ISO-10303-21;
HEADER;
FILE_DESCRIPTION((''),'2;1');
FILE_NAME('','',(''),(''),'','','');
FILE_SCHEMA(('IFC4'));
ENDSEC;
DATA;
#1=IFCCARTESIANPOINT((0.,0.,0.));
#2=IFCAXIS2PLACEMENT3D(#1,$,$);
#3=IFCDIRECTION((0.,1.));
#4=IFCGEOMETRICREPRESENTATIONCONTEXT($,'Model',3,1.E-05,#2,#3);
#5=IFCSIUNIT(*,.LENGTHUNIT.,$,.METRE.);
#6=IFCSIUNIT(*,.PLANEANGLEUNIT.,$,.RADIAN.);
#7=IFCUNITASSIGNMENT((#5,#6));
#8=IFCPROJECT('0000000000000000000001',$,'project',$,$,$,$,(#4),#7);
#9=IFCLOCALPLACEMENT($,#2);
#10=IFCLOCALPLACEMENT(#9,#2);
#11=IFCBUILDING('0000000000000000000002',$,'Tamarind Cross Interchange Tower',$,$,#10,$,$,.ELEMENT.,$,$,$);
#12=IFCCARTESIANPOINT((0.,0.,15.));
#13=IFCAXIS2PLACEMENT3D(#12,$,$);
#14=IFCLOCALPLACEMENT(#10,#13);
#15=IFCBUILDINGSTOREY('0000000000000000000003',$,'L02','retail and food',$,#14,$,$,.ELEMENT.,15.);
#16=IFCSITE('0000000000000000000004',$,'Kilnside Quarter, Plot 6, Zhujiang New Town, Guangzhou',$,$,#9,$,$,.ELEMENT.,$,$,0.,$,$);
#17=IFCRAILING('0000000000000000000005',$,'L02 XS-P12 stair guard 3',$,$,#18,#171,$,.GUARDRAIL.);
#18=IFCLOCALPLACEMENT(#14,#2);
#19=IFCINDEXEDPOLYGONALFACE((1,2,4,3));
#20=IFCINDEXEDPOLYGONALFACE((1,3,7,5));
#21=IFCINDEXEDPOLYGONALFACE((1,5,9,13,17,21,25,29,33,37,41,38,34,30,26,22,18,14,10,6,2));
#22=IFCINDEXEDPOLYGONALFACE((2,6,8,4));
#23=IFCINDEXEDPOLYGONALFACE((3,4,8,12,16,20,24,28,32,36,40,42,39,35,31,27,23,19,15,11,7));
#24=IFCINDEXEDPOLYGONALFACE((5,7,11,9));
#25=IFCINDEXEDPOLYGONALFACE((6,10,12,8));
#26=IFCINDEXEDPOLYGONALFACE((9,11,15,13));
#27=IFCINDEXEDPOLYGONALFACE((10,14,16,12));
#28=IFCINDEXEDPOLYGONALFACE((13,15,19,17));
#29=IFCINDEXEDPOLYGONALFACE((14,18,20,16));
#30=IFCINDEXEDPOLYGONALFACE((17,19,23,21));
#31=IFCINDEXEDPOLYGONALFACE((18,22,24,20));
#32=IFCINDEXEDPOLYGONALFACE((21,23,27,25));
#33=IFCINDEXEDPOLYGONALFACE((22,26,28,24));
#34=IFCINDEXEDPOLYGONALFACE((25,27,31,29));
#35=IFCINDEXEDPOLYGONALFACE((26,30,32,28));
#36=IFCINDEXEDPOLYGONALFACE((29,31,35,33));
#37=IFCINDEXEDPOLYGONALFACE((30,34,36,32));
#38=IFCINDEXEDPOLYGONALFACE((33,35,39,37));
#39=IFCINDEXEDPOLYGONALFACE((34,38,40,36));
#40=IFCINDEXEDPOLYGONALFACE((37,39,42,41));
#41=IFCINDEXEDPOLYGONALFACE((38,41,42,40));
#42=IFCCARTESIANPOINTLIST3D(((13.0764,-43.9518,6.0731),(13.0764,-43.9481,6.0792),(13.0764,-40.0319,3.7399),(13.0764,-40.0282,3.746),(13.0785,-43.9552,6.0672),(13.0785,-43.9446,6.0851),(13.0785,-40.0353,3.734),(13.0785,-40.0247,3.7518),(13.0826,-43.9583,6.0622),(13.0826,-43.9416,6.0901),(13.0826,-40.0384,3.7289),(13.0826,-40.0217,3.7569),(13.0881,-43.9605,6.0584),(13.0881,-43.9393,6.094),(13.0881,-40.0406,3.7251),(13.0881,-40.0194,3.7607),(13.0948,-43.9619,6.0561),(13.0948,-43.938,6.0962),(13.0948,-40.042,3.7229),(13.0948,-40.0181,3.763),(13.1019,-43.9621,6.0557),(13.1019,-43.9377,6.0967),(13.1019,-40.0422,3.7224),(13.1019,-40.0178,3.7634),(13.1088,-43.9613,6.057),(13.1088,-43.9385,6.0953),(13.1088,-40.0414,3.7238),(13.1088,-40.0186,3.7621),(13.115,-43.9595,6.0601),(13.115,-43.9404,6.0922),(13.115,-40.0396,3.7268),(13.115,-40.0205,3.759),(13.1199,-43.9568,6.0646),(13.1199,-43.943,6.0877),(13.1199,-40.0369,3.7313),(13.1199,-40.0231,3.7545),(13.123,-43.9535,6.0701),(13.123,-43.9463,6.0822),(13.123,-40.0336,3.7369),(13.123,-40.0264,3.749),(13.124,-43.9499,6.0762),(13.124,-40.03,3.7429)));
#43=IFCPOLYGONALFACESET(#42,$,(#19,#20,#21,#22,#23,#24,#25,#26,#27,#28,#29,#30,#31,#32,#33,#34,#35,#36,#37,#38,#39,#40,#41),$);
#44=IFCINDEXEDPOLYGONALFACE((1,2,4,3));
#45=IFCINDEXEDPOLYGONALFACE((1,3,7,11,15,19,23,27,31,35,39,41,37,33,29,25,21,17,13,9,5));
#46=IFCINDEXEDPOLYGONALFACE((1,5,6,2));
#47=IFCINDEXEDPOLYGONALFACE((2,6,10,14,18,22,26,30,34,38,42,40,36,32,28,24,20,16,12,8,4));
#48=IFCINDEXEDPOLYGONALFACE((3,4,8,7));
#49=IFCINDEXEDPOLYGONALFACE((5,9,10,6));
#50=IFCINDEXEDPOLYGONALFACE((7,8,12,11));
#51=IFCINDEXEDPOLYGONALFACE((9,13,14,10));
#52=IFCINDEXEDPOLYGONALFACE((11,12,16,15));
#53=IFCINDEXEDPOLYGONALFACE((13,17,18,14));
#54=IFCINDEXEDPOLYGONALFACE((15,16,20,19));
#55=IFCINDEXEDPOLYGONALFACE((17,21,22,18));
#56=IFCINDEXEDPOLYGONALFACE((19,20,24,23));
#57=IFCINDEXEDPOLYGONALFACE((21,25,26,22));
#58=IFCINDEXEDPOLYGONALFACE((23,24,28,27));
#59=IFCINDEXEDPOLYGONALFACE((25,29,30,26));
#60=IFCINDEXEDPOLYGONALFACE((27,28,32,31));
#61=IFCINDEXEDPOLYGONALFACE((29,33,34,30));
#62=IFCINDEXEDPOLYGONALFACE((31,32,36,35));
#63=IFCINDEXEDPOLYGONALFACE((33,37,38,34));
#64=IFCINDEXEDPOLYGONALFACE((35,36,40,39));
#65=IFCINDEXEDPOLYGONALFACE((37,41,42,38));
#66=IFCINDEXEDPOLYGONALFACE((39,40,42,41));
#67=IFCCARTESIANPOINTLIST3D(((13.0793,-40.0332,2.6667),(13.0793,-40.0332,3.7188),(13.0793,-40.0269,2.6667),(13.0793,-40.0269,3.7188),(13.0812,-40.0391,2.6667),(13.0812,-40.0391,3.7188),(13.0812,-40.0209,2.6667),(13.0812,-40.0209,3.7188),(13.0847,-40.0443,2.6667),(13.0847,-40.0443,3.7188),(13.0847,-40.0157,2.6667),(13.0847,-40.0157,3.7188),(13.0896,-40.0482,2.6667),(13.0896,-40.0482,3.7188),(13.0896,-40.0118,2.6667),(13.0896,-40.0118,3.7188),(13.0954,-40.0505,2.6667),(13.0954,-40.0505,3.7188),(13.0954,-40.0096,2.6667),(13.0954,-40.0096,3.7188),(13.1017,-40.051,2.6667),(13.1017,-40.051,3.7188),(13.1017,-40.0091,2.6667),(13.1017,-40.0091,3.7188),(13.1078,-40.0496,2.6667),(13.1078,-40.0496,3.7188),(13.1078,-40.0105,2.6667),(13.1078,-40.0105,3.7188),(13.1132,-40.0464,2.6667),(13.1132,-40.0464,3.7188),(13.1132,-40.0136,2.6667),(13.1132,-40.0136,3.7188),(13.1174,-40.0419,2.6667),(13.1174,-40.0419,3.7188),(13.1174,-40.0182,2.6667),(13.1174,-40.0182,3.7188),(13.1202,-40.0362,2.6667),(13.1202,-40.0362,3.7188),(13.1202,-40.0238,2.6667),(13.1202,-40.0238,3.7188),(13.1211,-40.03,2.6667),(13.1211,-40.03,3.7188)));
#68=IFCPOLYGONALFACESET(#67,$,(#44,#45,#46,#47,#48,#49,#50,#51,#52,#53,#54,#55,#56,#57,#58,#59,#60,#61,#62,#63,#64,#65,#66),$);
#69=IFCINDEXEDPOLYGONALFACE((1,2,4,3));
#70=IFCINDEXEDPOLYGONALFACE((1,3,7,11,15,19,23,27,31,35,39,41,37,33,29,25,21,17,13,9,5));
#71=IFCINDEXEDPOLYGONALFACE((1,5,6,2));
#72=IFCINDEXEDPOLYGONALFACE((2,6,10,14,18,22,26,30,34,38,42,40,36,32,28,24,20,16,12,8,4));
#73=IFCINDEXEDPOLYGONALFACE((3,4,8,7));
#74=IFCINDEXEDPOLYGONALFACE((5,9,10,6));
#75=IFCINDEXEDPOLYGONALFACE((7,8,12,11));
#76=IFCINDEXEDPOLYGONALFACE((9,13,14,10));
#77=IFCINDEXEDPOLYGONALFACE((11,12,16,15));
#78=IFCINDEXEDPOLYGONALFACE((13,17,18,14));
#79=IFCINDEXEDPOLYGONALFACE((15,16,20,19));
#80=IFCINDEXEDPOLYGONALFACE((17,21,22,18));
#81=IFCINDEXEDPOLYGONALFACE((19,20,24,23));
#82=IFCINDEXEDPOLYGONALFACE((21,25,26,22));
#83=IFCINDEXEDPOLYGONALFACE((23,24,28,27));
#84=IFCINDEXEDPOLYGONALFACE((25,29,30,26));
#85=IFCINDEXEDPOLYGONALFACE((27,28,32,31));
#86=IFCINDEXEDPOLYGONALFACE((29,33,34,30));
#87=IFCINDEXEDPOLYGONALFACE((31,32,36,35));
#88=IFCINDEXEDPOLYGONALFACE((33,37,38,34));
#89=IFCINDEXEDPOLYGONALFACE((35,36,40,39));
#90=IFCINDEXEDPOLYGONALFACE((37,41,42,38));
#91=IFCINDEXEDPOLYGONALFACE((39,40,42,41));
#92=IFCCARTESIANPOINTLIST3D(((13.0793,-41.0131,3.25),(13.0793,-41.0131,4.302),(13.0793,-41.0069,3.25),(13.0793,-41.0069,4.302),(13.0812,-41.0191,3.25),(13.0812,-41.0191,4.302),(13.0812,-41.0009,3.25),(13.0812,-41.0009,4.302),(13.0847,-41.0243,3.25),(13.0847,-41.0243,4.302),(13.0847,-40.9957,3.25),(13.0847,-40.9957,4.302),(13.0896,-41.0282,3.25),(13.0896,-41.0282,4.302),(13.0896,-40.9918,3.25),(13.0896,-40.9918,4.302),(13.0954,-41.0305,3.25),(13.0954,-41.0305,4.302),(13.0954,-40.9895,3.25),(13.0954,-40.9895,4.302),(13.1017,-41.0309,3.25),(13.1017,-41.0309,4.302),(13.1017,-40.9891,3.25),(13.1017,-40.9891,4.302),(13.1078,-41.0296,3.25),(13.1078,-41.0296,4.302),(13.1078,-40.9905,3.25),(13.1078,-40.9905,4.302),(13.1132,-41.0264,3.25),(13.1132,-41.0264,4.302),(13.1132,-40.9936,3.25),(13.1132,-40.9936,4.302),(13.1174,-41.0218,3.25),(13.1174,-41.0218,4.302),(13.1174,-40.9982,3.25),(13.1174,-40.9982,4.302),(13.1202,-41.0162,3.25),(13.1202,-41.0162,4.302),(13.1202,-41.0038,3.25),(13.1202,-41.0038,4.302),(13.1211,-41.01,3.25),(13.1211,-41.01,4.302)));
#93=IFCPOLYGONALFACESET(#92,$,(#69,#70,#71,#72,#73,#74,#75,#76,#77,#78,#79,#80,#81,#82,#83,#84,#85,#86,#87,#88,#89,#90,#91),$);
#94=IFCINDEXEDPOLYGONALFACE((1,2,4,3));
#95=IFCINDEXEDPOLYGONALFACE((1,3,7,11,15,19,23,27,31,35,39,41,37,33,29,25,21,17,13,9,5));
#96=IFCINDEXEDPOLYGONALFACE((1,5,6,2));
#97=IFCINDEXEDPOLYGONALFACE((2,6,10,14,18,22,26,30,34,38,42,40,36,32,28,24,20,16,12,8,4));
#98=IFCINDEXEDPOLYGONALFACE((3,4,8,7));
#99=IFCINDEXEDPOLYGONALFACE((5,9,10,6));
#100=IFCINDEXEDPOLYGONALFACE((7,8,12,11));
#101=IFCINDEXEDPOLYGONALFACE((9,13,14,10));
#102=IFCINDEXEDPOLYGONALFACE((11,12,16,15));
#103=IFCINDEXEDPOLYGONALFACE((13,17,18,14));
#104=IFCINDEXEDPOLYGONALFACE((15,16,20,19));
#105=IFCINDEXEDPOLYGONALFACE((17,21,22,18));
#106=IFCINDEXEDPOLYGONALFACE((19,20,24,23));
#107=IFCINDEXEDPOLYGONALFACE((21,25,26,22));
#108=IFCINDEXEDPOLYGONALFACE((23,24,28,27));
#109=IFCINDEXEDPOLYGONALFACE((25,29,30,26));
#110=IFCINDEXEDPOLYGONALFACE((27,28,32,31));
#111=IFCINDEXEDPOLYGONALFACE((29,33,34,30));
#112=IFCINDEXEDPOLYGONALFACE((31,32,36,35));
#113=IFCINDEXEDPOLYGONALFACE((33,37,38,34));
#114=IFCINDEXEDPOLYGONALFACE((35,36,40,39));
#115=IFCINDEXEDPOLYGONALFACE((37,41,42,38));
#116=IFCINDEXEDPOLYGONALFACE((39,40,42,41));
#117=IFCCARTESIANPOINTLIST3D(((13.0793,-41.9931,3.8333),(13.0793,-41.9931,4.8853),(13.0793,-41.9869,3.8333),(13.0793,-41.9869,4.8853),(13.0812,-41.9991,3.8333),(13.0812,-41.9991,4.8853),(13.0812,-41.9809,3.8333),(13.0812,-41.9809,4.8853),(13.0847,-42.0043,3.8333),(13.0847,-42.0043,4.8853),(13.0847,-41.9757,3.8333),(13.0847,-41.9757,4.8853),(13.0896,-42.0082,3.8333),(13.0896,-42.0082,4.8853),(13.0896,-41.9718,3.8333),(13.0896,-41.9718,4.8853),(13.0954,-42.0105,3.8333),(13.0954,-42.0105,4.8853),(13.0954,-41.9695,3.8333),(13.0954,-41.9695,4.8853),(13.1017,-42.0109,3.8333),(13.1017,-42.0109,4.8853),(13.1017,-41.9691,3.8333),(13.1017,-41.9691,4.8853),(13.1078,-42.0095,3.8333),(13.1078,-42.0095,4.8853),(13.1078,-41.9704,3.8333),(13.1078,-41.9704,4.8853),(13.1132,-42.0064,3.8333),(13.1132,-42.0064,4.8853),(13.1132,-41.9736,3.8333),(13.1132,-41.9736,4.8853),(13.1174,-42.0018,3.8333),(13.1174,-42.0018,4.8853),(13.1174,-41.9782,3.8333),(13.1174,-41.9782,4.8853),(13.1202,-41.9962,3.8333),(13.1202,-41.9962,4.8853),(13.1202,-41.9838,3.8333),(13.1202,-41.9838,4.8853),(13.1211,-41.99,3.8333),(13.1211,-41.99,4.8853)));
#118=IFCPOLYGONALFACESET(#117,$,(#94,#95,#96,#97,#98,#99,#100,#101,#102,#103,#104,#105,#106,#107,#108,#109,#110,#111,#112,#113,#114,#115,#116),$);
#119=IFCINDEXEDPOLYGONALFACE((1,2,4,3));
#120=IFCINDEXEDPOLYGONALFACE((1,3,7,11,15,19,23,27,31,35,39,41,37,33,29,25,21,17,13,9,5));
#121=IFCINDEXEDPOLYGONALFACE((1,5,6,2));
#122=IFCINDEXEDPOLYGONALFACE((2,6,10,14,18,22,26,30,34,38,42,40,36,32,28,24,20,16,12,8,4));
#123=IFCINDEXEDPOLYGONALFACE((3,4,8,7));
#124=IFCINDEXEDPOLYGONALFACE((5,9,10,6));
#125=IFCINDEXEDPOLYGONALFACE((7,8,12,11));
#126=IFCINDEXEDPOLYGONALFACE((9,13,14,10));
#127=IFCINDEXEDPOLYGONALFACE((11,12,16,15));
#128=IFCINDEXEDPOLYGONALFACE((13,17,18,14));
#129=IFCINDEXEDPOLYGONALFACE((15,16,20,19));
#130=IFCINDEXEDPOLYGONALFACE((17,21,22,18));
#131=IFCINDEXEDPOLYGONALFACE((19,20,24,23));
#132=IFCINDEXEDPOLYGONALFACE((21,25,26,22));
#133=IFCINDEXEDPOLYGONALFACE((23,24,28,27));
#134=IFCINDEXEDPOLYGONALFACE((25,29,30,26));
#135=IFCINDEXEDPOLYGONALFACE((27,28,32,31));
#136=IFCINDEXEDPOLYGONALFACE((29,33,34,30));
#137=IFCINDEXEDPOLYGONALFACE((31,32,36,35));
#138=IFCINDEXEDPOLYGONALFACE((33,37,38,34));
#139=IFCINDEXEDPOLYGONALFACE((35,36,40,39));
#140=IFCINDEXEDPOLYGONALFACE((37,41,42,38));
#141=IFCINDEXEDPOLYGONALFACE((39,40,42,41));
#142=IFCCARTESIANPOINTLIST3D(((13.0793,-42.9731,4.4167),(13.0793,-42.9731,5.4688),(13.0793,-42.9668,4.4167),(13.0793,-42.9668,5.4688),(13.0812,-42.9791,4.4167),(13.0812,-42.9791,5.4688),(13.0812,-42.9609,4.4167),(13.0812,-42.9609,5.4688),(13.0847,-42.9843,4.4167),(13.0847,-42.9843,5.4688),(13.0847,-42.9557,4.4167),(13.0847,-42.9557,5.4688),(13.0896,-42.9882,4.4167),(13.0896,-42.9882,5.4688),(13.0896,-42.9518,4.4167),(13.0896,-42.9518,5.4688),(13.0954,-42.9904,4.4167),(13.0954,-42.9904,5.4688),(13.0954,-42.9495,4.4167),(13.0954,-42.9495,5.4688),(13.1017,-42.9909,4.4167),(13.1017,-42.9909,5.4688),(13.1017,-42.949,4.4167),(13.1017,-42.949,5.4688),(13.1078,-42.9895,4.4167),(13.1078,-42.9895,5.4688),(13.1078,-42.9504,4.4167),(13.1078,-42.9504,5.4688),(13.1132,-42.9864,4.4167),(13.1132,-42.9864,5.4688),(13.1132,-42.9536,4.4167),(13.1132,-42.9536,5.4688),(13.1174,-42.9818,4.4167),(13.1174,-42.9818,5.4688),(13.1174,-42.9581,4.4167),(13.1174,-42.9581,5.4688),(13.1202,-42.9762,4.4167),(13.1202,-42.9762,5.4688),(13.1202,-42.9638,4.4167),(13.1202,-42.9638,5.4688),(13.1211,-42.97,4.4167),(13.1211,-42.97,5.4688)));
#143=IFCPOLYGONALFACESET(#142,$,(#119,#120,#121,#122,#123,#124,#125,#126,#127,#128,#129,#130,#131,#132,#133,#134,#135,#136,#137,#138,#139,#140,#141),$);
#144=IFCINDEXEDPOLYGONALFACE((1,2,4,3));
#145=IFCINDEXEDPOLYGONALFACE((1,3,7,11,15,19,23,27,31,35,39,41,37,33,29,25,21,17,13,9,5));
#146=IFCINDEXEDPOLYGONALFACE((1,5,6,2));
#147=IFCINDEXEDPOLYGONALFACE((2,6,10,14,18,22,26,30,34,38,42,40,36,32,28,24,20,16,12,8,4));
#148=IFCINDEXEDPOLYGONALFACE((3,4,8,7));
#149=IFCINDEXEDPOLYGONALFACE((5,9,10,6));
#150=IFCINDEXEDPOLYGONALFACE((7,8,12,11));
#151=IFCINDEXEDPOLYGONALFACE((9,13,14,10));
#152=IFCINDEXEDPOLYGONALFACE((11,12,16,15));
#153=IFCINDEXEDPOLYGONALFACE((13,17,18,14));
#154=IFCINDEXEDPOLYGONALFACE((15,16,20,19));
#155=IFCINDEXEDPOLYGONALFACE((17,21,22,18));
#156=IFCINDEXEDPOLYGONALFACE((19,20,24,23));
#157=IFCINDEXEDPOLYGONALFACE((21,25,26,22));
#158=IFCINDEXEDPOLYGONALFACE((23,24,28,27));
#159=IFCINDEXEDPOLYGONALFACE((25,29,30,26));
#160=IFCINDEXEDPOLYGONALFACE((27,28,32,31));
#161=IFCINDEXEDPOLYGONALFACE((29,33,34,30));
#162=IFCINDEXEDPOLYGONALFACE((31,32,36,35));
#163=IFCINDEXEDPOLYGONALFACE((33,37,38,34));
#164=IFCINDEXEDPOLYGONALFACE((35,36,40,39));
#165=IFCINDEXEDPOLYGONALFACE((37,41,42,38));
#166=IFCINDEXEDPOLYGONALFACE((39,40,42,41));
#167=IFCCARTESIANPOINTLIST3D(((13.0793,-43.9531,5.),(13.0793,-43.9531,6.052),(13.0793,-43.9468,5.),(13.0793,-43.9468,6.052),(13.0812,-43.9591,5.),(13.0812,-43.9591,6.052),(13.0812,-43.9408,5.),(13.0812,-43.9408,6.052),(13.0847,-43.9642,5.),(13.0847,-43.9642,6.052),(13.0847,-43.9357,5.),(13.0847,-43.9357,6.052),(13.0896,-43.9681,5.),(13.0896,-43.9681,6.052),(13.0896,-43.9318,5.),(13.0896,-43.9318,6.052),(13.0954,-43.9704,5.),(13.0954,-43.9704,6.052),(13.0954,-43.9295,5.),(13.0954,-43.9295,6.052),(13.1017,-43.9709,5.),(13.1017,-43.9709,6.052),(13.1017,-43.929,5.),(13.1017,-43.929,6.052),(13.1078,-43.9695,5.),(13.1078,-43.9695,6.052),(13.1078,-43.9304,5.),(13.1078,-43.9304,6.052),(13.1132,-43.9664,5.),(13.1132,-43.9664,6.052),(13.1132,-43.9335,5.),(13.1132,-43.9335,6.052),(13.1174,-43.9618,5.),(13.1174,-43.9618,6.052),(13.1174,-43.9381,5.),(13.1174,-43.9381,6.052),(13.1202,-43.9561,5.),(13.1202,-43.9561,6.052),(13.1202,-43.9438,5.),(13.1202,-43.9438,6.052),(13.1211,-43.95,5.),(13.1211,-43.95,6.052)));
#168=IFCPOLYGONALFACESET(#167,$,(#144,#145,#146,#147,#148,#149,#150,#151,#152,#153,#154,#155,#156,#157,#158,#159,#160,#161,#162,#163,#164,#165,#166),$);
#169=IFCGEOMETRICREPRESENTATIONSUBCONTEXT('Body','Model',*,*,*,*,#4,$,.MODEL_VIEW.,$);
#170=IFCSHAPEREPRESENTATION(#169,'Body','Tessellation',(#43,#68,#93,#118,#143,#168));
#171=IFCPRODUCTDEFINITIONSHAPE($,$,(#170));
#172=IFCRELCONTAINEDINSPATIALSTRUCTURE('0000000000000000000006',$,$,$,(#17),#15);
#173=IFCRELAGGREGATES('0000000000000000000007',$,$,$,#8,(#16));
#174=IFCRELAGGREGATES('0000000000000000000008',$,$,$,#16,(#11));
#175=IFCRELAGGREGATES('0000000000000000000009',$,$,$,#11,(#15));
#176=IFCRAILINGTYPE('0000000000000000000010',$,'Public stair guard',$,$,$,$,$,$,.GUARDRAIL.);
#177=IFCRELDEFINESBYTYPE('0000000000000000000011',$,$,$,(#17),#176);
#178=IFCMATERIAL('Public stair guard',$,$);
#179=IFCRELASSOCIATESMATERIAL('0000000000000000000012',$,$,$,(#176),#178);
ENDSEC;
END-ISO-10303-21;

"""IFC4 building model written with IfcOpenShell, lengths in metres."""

from ifc_helpers import new_model, si_unit, direction, frame, origin, origin_2d, place, context, subcontext, project, spatial, circle, extrude, material, type_object, element, save


model = new_model("IFC4")

# Units and contexts
model_context = context("Model", 3, precision=1e-05, world=origin(), true_north=direction((0.0, 1.0)))
body_context = subcontext(model_context, "Body", "Model", "MODEL_VIEW")
ifc_project = project(units=[si_unit("LENGTHUNIT", "METRE"), si_unit("PLANEANGLEUNIT", "RADIAN")], contexts=[model_context])

# Site, building, storey
site_placement = place(None, origin())
site = spatial("IfcSite", under=ifc_project, at=site_placement, Name="Kilnside Quarter, Plot 6, Zhujiang New Town, Guangzhou", CompositionType="ELEMENT", RefElevation=0.0)
building_placement = place(site_placement, origin())
building = spatial("IfcBuilding", under=site, at=building_placement, Name="Tamarind Cross Interchange Tower", CompositionType="ELEMENT")
storey_placement = place(building_placement, frame((0.0, 0.0, 15.0)))
storey = spatial("IfcBuildingStorey", under=building, at=storey_placement, Name="L02", Description="retail and food", CompositionType="ELEMENT", Elevation=15.0)

# Railing
ifc_material_1 = material(Name="Public stair guard")
railing_type = type_object("IfcRailingType", Name="Public stair guard", PredefinedType="GUARDRAIL", material=ifc_material_1)
railing_1_placement = place(storey_placement, frame((13.1001, -40.03, 2.6667)))
element("IfcRailing", 1, at=railing_1_placement, inside=storey, type_object=railing_type, Name="L02 XS-P12 stair guard 3", PredefinedType="GUARDRAIL", context=body_context, shape_type="SweptSolid", body=[
    extrude(circle(Radius=0.0239, at=origin_2d()), frame((0.0, 0.0, 1.0762), z_axis=(0.0, -0.859296, 0.511478), x_axis=(1.0, 0.0, 0.0)), (0.0, 0.0, 1.0), 4.5618),
    extrude(circle(Radius=0.021, at=origin_2d()), origin(), (0.0, 0.0, 1.0), 1.052),
    extrude(circle(Radius=0.021, at=origin_2d()), frame((0.0, -0.98, 0.5833)), (0.0, 0.0, 1.0), 1.052),
    extrude(circle(Radius=0.021, at=origin_2d()), frame((0.0, -1.96, 1.1665)), (0.0, 0.0, 1.0), 1.052),
    extrude(circle(Radius=0.021, at=origin_2d()), frame((0.0, -2.9399, 1.75)), (0.0, 0.0, 1.0), 1.052),
    extrude(circle(Radius=0.021, at=origin_2d()), frame((0.0, -3.9199, 2.3333)), (0.0, 0.0, 1.0), 1.052),
])

save(model, "model.ifc")
